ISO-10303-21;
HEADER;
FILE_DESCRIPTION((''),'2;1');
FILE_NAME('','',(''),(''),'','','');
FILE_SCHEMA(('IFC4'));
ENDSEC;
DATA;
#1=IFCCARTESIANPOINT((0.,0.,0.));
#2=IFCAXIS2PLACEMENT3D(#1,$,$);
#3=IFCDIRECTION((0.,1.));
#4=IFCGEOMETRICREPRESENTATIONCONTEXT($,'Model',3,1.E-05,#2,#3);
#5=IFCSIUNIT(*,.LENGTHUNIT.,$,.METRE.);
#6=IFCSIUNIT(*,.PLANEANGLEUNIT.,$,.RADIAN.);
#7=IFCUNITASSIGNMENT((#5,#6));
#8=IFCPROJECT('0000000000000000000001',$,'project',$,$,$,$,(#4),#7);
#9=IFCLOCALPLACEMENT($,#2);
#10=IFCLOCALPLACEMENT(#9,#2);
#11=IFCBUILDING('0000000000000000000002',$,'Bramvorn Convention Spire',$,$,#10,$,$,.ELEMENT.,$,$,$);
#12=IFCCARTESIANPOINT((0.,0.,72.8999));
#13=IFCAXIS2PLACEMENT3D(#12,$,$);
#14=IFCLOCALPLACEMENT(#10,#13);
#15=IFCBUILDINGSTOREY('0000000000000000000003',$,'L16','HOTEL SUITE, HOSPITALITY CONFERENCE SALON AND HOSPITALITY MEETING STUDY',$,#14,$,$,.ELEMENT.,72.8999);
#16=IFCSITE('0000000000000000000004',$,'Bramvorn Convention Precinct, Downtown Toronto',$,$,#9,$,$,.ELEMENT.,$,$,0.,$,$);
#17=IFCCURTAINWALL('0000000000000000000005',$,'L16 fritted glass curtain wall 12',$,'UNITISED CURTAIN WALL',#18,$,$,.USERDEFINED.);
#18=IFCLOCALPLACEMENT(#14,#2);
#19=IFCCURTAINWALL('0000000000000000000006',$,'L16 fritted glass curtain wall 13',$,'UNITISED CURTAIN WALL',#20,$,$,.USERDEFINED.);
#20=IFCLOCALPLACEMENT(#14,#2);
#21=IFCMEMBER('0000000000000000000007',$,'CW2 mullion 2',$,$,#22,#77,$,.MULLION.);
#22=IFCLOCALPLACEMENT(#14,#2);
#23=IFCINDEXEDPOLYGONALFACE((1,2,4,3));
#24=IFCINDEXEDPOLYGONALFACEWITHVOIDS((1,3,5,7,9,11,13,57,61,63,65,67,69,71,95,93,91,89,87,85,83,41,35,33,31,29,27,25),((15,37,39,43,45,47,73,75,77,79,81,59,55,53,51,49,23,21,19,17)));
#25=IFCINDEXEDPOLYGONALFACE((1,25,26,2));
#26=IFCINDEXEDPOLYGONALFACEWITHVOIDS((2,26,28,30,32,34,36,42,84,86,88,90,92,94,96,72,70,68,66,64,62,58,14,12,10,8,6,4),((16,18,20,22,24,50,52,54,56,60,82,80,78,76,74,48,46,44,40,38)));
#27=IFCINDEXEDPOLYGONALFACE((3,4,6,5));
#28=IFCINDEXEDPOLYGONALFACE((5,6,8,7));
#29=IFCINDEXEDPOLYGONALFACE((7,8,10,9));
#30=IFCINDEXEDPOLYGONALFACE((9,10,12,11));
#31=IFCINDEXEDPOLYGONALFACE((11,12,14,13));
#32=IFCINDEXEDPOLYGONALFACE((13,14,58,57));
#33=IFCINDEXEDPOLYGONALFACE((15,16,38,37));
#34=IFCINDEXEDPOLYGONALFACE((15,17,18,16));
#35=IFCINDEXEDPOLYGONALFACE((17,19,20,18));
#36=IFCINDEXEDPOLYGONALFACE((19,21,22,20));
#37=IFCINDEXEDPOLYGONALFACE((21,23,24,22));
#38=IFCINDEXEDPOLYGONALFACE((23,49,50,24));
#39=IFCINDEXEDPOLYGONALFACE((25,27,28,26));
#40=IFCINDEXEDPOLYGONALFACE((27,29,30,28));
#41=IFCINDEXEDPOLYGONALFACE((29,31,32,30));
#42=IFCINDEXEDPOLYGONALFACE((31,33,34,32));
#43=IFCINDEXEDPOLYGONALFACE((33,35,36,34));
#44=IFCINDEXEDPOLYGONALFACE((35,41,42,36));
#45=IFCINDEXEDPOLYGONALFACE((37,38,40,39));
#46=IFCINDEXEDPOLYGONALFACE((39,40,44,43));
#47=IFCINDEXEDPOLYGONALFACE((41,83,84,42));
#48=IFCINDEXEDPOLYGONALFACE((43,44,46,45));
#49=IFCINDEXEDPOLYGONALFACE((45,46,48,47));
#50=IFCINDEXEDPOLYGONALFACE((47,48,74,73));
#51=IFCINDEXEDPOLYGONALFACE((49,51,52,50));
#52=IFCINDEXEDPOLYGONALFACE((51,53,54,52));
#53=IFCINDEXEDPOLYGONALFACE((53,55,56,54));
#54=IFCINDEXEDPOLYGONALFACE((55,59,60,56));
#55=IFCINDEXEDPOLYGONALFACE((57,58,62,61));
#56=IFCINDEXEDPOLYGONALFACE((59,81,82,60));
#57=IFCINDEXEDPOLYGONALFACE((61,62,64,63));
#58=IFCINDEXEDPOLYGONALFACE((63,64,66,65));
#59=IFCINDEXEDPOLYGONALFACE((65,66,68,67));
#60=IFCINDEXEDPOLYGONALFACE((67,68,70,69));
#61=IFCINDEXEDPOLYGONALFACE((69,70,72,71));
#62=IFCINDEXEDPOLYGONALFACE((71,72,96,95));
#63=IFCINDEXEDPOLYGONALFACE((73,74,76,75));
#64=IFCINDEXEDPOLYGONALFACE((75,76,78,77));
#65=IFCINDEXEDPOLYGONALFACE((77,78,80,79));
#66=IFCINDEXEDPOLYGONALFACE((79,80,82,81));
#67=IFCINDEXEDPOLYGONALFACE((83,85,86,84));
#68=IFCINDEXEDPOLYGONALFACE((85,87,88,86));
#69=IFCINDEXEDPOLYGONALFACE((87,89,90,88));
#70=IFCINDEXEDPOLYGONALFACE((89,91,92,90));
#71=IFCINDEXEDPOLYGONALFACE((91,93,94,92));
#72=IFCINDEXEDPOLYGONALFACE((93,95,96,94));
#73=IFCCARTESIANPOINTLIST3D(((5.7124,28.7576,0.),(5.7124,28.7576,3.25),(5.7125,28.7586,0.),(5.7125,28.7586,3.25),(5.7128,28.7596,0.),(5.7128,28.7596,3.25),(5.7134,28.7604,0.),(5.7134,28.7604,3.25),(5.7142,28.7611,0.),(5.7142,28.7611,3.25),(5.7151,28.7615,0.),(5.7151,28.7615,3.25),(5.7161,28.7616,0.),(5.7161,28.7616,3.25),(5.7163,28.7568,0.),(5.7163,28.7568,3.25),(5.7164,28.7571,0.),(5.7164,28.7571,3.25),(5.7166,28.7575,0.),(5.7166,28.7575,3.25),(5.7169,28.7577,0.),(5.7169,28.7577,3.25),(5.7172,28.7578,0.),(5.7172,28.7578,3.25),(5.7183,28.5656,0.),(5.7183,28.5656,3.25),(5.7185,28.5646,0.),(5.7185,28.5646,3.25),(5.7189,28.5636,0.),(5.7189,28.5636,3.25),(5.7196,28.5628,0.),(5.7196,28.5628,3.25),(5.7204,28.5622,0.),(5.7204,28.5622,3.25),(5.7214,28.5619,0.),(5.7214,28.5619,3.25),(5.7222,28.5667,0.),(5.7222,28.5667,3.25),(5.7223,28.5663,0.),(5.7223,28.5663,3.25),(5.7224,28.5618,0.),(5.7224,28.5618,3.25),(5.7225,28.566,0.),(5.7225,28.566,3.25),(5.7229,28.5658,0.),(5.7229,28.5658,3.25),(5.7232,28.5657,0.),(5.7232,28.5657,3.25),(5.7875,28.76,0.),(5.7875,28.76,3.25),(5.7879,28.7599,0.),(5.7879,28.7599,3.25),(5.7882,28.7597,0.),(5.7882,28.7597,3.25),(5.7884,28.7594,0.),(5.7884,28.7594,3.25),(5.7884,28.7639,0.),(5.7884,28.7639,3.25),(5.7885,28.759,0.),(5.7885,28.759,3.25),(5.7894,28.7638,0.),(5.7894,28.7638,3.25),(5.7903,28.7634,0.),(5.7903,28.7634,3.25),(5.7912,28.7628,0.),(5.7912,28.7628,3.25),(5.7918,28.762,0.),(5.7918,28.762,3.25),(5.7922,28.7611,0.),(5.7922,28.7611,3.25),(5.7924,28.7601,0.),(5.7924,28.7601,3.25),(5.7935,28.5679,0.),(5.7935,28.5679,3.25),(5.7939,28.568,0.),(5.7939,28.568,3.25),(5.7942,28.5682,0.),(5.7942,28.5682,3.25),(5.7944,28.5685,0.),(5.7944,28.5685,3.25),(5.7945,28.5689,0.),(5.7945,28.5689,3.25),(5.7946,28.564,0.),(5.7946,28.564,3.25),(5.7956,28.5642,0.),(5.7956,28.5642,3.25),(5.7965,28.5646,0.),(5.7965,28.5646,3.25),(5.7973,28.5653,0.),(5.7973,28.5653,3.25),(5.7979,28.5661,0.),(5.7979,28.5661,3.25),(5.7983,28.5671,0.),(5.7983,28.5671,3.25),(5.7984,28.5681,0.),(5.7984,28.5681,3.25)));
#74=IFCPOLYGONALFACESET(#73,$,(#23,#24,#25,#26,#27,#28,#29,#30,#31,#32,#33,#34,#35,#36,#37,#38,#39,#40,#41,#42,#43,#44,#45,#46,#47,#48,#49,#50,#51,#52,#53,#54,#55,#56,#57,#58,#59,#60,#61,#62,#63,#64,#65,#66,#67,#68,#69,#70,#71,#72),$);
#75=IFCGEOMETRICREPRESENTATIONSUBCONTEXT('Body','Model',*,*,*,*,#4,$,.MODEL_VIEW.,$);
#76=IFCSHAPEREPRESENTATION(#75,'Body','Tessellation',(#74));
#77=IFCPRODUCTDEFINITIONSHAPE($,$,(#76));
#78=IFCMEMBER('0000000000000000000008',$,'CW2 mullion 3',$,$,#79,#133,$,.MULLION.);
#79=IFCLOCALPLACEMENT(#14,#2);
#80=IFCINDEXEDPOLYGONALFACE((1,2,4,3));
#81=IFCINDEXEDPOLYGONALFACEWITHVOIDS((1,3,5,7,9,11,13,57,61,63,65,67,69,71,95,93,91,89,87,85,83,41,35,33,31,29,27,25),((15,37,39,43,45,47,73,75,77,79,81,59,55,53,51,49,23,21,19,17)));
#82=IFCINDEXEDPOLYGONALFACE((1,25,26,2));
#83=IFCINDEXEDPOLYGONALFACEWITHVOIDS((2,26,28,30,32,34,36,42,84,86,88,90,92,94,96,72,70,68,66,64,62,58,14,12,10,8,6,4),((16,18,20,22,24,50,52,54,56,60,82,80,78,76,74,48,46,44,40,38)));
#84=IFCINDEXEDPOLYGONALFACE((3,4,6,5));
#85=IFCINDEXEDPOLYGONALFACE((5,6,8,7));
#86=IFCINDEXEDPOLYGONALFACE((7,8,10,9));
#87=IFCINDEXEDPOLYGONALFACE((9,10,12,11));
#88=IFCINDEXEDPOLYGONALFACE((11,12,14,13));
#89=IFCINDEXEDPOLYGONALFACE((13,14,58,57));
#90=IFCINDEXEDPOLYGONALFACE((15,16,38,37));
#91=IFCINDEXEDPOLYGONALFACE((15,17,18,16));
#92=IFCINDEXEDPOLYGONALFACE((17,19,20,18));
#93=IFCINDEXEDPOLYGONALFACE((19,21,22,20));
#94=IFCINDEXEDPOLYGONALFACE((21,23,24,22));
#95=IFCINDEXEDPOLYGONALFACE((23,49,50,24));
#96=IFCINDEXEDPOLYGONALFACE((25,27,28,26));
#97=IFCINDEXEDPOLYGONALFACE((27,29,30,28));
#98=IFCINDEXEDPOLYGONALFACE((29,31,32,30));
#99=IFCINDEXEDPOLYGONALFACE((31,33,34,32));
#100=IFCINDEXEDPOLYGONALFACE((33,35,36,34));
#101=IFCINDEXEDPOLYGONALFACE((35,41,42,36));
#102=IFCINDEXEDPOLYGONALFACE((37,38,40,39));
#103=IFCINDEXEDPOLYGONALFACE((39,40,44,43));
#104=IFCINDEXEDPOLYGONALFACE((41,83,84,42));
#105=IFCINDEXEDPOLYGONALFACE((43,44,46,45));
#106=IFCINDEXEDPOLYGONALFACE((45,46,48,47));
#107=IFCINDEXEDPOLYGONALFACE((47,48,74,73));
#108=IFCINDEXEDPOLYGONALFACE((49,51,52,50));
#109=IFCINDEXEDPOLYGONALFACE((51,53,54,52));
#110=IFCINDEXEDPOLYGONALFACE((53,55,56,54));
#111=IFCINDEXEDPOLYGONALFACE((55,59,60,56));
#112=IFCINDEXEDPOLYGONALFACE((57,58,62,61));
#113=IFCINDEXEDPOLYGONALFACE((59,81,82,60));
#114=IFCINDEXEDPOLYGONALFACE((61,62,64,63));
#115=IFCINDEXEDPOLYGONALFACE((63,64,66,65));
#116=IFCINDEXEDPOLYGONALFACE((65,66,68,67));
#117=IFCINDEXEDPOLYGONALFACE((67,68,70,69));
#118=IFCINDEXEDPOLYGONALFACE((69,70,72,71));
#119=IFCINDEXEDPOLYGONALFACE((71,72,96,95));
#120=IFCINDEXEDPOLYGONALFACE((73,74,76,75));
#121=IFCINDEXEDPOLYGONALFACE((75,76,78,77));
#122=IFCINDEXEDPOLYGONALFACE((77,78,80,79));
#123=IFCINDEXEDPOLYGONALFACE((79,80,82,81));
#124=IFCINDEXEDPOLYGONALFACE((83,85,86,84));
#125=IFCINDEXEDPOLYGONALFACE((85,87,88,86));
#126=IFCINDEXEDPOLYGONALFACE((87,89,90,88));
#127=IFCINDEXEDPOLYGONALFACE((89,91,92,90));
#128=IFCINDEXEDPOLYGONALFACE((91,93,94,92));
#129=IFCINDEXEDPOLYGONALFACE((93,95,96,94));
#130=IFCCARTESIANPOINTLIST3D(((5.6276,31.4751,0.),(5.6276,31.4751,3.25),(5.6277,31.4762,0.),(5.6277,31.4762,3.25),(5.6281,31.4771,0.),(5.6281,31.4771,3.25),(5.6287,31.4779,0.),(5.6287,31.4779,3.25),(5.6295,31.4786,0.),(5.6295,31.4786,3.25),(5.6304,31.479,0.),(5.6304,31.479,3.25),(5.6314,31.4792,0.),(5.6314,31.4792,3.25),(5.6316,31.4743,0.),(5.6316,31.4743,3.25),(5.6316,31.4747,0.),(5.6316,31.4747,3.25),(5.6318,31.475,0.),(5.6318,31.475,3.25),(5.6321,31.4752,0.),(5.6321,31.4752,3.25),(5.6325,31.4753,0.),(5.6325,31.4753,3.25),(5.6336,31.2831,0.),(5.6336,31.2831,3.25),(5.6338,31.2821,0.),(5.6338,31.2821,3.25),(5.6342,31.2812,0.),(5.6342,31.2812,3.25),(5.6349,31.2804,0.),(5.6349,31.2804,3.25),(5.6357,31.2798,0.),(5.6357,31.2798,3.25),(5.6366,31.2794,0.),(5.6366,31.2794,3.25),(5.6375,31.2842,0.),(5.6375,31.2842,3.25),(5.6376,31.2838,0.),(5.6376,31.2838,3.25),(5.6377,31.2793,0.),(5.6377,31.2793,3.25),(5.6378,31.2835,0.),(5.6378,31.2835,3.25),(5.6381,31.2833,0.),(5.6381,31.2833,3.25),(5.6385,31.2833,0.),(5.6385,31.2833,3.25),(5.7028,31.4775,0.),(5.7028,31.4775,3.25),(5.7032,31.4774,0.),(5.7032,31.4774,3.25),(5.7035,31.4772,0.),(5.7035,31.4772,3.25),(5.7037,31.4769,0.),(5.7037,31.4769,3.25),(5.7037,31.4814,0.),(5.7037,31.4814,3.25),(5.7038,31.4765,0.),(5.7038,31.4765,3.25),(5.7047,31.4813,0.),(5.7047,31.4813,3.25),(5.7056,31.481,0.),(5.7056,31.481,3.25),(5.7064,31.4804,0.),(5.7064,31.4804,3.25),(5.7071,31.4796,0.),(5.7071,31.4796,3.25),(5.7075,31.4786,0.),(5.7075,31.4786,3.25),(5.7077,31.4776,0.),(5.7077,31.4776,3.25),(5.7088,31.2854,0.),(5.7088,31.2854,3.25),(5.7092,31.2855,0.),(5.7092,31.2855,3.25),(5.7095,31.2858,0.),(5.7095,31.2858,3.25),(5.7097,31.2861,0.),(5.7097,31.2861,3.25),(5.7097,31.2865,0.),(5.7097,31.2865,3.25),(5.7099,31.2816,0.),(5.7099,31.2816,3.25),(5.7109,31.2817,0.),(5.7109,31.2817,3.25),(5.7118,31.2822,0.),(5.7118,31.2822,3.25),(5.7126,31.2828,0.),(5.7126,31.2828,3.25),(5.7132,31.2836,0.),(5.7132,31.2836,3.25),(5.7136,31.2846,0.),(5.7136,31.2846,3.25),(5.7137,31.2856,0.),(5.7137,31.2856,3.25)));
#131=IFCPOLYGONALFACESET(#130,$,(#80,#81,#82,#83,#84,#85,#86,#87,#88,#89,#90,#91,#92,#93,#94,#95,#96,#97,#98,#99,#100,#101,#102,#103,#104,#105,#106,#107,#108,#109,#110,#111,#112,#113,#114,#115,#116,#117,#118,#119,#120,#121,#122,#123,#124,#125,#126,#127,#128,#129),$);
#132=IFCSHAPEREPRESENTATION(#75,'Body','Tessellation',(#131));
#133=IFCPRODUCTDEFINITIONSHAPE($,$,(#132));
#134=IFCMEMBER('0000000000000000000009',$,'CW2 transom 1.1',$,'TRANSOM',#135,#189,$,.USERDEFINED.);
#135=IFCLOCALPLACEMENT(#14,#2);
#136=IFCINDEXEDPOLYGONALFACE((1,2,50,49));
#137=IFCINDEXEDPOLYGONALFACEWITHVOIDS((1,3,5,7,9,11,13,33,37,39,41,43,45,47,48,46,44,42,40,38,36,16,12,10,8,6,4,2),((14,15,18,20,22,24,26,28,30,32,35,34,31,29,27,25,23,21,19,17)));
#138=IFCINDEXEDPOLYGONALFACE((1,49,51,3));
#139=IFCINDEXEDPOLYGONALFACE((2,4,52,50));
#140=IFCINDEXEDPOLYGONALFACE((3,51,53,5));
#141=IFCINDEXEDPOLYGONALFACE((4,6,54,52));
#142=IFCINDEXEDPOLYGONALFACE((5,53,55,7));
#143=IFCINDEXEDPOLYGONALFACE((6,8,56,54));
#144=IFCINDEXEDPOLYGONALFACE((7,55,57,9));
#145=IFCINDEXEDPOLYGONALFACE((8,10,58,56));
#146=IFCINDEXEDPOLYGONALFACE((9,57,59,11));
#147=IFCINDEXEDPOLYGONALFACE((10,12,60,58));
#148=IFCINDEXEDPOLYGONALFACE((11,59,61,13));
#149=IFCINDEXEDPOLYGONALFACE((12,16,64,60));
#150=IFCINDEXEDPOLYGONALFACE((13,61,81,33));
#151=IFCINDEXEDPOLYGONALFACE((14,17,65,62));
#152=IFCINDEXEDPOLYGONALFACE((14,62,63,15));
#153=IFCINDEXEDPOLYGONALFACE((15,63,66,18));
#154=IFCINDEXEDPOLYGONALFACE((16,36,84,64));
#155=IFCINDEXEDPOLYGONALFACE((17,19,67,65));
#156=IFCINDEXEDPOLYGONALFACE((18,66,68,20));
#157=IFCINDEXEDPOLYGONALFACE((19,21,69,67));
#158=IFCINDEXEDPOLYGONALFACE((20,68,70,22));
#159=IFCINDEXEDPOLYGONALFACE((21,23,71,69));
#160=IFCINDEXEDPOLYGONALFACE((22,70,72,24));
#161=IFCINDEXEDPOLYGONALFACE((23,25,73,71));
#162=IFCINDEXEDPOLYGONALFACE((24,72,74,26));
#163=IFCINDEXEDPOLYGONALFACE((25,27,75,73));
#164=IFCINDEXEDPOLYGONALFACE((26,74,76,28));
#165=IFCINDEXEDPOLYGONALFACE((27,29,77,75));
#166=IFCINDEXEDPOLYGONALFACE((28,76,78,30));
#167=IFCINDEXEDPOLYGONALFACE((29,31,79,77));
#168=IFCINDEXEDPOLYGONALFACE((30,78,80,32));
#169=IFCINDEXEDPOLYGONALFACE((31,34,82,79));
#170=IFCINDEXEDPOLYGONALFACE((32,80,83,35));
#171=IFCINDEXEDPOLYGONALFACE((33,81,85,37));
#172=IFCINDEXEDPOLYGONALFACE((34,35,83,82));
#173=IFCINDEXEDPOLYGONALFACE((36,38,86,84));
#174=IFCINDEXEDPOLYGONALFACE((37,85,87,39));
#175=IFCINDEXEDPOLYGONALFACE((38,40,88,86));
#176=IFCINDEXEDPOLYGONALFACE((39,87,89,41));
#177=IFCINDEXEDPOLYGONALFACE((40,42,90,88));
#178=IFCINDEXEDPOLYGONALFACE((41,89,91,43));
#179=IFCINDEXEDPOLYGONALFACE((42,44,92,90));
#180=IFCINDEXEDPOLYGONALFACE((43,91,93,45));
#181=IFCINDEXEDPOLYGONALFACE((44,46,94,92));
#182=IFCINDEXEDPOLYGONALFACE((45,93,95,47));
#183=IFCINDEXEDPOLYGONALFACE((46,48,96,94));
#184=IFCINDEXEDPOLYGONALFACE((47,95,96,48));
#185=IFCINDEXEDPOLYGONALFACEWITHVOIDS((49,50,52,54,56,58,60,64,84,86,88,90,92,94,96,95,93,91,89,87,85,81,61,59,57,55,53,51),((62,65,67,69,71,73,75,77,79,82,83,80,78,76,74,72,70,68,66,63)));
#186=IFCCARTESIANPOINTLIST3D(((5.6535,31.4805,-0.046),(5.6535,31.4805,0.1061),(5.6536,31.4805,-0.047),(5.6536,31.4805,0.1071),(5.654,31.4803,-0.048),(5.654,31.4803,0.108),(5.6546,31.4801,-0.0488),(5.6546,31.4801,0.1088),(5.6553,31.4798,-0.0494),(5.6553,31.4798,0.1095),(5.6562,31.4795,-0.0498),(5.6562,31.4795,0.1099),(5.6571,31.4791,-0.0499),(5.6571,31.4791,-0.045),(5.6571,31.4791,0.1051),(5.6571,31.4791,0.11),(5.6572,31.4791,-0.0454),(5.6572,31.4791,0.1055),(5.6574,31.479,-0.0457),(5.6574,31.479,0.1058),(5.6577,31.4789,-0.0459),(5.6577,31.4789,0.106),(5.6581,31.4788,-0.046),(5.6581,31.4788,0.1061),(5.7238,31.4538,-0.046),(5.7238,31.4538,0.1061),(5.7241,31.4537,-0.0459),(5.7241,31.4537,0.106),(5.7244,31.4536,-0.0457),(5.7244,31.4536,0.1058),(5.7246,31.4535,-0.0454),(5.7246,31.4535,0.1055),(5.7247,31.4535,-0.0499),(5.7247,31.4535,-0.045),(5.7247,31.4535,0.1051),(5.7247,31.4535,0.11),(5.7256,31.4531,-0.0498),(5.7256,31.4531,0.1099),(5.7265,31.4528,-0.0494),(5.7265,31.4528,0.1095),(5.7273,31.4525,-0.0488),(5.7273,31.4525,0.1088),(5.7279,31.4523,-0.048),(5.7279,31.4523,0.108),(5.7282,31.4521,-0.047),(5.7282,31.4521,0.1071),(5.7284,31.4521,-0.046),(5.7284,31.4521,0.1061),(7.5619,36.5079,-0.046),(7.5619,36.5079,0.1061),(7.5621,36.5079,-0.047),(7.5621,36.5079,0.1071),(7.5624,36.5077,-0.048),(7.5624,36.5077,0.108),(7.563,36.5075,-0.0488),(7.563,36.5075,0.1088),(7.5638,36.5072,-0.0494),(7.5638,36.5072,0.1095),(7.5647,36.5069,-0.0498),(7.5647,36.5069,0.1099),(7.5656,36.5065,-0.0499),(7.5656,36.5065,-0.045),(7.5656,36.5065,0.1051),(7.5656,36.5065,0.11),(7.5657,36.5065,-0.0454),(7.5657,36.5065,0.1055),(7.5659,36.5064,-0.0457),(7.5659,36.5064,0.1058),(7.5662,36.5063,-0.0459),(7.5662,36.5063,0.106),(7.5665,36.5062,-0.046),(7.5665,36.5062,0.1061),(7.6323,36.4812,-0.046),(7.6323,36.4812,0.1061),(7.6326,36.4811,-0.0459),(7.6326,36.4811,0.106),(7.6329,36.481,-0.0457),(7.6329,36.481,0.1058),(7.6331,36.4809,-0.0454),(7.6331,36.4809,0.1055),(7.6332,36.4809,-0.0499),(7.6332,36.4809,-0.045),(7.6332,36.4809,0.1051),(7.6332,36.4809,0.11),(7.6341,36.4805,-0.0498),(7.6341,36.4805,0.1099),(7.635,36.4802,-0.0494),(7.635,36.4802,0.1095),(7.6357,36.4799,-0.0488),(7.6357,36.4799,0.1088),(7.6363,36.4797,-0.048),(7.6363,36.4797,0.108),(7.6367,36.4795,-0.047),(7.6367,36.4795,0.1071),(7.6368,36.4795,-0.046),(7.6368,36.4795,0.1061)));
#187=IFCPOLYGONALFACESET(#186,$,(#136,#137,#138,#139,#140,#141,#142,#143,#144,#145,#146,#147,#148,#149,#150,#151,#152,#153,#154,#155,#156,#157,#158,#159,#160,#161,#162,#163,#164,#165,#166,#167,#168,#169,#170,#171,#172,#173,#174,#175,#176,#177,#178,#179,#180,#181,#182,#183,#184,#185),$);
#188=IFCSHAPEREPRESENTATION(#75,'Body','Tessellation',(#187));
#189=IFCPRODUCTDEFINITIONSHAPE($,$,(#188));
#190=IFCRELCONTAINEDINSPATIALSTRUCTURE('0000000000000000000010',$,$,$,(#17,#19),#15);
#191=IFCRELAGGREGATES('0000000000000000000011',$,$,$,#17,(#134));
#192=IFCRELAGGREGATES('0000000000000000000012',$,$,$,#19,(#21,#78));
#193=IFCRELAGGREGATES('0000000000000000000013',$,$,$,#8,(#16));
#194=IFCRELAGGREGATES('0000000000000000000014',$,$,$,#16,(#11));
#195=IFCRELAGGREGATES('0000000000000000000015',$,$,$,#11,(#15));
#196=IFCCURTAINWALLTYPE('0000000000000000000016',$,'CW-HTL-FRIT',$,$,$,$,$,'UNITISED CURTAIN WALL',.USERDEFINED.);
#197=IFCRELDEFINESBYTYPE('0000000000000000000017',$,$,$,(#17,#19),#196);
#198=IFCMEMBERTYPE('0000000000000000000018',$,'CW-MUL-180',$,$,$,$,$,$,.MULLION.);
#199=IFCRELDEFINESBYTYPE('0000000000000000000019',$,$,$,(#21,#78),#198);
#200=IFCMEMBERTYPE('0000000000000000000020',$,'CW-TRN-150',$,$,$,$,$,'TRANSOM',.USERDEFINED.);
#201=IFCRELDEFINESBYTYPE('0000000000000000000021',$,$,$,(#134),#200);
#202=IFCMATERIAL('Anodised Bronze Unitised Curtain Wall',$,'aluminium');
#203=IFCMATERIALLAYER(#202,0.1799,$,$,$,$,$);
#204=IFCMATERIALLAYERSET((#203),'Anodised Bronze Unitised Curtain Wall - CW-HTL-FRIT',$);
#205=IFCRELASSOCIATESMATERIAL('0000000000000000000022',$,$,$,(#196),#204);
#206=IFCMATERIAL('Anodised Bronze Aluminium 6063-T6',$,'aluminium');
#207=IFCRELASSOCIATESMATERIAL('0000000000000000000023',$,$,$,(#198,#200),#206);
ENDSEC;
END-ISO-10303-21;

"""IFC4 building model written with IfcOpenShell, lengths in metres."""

from ifc_helpers import new_model, si_unit, direction, frame, origin, origin_2d, place, context, subcontext, project, spatial, hollow_rectangle, extrude, material, layer, layer_set, material_profile, profile_set, type_object, element, aggregate, save


model = new_model("IFC4")

# Units and contexts
model_context = context("Model", 3, precision=1e-05, world=origin(), true_north=direction((0.0, 1.0)))
body_context = subcontext(model_context, "Body", "Model", "MODEL_VIEW")
ifc_project = project(units=[si_unit("LENGTHUNIT", "METRE"), si_unit("PLANEANGLEUNIT", "RADIAN")], contexts=[model_context])

# Site, building, storey
site_placement = place(None, origin())
site = spatial("IfcSite", under=ifc_project, at=site_placement, Name="Bramvorn Convention Precinct, Downtown Toronto", CompositionType="ELEMENT", RefElevation=0.0)
building_placement = place(site_placement, origin())
building = spatial("IfcBuilding", under=site, at=building_placement, Name="Bramvorn Convention Spire", CompositionType="ELEMENT")
storey_placement = place(building_placement, frame((0.0, 0.0, 72.8999)))
storey = spatial("IfcBuildingStorey", under=building, at=storey_placement, Name="L16", Description="HOTEL SUITE, HOSPITALITY CONFERENCE SALON AND HOSPITALITY MEETING STUDY", CompositionType="ELEMENT", Elevation=72.8999)

# Curtain walls, members
ifc_material_1 = material(Name="Anodised Bronze Unitised Curtain Wall", Category="aluminium")
ifc_layer_1 = layer(ifc_material_1, 0.1799)
ifc_layer_set_1 = layer_set([ifc_layer_1], Name="Anodised Bronze Unitised Curtain Wall - CW-HTL-FRIT")
curtain_wall_type = type_object("IfcCurtainWallType", Name="CW-HTL-FRIT", ElementType="UNITISED CURTAIN WALL", PredefinedType="USERDEFINED", material=ifc_layer_set_1)
curtain_wall_1_placement = place(storey_placement, origin())
curtain_wall_1 = element("IfcCurtainWall", 1, at=curtain_wall_1_placement, inside=storey, type_object=curtain_wall_type, Name="L16 fritted glass curtain wall 12", ObjectType="UNITISED CURTAIN WALL", PredefinedType="USERDEFINED")
ifc_material_2 = material(Name="Anodised Bronze Aluminium 6063-T6", Category="aluminium")
ifc_material_profile_1 = material_profile(ifc_material_2, hollow_rectangle(XDim=0.0801, YDim=0.2, WallThickness=0.0039, InnerFilletRadius=0.001, OuterFilletRadius=0.0039, at=origin_2d()))
ifc_profile_set_1 = profile_set([ifc_material_profile_1], Name="Anodised Bronze Aluminium 6063-T6 - CWM80X200")
member_type_1 = type_object("IfcMemberType", Name="CW-MUL-180", PredefinedType="MULLION", material=ifc_profile_set_1)
curtain_wall_2_placement = place(storey_placement, origin())
curtain_wall_2 = element("IfcCurtainWall", 2, at=curtain_wall_2_placement, inside=storey, type_object=curtain_wall_type, Name="L16 fritted glass curtain wall 13", ObjectType="UNITISED CURTAIN WALL", PredefinedType="USERDEFINED")
member_1_placement = place(storey_placement, frame((5.7554, 28.6628, 0.0), z_axis=(0.0, 0.0, 1.0), x_axis=(-0.999513, -0.031196, 0.0)))
member_1 = element("IfcMember", 3, at=member_1_placement, type_object=member_type_1, Name="CW2 mullion 2", PredefinedType="MULLION", context=body_context, shape_type="SweptSolid", body=[
    extrude(hollow_rectangle(XDim=0.0801, YDim=0.2, WallThickness=0.0039, InnerFilletRadius=0.001, OuterFilletRadius=0.0039, at=origin_2d()), origin(), (0.0, 0.0, 1.0), 3.25),
])
member_2_placement = place(storey_placement, frame((5.6707, 31.3804, 0.0), z_axis=(0.0, 0.0, 1.0), x_axis=(-0.999513, -0.031196, 0.0)))
member_2 = element("IfcMember", 4, at=member_2_placement, type_object=member_type_1, Name="CW2 mullion 3", PredefinedType="MULLION", context=body_context, shape_type="SweptSolid", body=[
    extrude(hollow_rectangle(XDim=0.0801, YDim=0.2, WallThickness=0.0039, InnerFilletRadius=0.001, OuterFilletRadius=0.0039, at=origin_2d()), origin(), (0.0, 0.0, 1.0), 3.25),
])

# Member
ifc_material_profile_2 = material_profile(ifc_material_2, hollow_rectangle(XDim=0.0801, YDim=0.1599, WallThickness=0.0039, InnerFilletRadius=0.001, OuterFilletRadius=0.0039, at=origin_2d()))
ifc_profile_set_2 = profile_set([ifc_material_profile_2], Name="Anodised Bronze Aluminium 6063-T6 - CWT80X160")
member_type_2 = type_object("IfcMemberType", Name="CW-TRN-150", ElementType="TRANSOM", PredefinedType="USERDEFINED", material=ifc_profile_set_2)
member_3_placement = place(storey_placement, frame((5.6909, 31.4663, 0.03), z_axis=(0.354902, 0.934904, 0.0), x_axis=(-0.934904, 0.354902, 0.0)))
member_3 = element("IfcMember", 5, at=member_3_placement, type_object=member_type_2, Name="CW2 transom 1.1", ObjectType="TRANSOM", PredefinedType="USERDEFINED", context=body_context, shape_type="SweptSolid", body=[
    extrude(hollow_rectangle(XDim=0.0801, YDim=0.1599, WallThickness=0.0039, InnerFilletRadius=0.001, OuterFilletRadius=0.0039, at=origin_2d()), origin(), (0.0, 0.0, 1.0), 5.3774),
])

aggregate(curtain_wall_1, [member_3])
aggregate(curtain_wall_2, [member_1, member_2])

save(model, "model.ifc")
